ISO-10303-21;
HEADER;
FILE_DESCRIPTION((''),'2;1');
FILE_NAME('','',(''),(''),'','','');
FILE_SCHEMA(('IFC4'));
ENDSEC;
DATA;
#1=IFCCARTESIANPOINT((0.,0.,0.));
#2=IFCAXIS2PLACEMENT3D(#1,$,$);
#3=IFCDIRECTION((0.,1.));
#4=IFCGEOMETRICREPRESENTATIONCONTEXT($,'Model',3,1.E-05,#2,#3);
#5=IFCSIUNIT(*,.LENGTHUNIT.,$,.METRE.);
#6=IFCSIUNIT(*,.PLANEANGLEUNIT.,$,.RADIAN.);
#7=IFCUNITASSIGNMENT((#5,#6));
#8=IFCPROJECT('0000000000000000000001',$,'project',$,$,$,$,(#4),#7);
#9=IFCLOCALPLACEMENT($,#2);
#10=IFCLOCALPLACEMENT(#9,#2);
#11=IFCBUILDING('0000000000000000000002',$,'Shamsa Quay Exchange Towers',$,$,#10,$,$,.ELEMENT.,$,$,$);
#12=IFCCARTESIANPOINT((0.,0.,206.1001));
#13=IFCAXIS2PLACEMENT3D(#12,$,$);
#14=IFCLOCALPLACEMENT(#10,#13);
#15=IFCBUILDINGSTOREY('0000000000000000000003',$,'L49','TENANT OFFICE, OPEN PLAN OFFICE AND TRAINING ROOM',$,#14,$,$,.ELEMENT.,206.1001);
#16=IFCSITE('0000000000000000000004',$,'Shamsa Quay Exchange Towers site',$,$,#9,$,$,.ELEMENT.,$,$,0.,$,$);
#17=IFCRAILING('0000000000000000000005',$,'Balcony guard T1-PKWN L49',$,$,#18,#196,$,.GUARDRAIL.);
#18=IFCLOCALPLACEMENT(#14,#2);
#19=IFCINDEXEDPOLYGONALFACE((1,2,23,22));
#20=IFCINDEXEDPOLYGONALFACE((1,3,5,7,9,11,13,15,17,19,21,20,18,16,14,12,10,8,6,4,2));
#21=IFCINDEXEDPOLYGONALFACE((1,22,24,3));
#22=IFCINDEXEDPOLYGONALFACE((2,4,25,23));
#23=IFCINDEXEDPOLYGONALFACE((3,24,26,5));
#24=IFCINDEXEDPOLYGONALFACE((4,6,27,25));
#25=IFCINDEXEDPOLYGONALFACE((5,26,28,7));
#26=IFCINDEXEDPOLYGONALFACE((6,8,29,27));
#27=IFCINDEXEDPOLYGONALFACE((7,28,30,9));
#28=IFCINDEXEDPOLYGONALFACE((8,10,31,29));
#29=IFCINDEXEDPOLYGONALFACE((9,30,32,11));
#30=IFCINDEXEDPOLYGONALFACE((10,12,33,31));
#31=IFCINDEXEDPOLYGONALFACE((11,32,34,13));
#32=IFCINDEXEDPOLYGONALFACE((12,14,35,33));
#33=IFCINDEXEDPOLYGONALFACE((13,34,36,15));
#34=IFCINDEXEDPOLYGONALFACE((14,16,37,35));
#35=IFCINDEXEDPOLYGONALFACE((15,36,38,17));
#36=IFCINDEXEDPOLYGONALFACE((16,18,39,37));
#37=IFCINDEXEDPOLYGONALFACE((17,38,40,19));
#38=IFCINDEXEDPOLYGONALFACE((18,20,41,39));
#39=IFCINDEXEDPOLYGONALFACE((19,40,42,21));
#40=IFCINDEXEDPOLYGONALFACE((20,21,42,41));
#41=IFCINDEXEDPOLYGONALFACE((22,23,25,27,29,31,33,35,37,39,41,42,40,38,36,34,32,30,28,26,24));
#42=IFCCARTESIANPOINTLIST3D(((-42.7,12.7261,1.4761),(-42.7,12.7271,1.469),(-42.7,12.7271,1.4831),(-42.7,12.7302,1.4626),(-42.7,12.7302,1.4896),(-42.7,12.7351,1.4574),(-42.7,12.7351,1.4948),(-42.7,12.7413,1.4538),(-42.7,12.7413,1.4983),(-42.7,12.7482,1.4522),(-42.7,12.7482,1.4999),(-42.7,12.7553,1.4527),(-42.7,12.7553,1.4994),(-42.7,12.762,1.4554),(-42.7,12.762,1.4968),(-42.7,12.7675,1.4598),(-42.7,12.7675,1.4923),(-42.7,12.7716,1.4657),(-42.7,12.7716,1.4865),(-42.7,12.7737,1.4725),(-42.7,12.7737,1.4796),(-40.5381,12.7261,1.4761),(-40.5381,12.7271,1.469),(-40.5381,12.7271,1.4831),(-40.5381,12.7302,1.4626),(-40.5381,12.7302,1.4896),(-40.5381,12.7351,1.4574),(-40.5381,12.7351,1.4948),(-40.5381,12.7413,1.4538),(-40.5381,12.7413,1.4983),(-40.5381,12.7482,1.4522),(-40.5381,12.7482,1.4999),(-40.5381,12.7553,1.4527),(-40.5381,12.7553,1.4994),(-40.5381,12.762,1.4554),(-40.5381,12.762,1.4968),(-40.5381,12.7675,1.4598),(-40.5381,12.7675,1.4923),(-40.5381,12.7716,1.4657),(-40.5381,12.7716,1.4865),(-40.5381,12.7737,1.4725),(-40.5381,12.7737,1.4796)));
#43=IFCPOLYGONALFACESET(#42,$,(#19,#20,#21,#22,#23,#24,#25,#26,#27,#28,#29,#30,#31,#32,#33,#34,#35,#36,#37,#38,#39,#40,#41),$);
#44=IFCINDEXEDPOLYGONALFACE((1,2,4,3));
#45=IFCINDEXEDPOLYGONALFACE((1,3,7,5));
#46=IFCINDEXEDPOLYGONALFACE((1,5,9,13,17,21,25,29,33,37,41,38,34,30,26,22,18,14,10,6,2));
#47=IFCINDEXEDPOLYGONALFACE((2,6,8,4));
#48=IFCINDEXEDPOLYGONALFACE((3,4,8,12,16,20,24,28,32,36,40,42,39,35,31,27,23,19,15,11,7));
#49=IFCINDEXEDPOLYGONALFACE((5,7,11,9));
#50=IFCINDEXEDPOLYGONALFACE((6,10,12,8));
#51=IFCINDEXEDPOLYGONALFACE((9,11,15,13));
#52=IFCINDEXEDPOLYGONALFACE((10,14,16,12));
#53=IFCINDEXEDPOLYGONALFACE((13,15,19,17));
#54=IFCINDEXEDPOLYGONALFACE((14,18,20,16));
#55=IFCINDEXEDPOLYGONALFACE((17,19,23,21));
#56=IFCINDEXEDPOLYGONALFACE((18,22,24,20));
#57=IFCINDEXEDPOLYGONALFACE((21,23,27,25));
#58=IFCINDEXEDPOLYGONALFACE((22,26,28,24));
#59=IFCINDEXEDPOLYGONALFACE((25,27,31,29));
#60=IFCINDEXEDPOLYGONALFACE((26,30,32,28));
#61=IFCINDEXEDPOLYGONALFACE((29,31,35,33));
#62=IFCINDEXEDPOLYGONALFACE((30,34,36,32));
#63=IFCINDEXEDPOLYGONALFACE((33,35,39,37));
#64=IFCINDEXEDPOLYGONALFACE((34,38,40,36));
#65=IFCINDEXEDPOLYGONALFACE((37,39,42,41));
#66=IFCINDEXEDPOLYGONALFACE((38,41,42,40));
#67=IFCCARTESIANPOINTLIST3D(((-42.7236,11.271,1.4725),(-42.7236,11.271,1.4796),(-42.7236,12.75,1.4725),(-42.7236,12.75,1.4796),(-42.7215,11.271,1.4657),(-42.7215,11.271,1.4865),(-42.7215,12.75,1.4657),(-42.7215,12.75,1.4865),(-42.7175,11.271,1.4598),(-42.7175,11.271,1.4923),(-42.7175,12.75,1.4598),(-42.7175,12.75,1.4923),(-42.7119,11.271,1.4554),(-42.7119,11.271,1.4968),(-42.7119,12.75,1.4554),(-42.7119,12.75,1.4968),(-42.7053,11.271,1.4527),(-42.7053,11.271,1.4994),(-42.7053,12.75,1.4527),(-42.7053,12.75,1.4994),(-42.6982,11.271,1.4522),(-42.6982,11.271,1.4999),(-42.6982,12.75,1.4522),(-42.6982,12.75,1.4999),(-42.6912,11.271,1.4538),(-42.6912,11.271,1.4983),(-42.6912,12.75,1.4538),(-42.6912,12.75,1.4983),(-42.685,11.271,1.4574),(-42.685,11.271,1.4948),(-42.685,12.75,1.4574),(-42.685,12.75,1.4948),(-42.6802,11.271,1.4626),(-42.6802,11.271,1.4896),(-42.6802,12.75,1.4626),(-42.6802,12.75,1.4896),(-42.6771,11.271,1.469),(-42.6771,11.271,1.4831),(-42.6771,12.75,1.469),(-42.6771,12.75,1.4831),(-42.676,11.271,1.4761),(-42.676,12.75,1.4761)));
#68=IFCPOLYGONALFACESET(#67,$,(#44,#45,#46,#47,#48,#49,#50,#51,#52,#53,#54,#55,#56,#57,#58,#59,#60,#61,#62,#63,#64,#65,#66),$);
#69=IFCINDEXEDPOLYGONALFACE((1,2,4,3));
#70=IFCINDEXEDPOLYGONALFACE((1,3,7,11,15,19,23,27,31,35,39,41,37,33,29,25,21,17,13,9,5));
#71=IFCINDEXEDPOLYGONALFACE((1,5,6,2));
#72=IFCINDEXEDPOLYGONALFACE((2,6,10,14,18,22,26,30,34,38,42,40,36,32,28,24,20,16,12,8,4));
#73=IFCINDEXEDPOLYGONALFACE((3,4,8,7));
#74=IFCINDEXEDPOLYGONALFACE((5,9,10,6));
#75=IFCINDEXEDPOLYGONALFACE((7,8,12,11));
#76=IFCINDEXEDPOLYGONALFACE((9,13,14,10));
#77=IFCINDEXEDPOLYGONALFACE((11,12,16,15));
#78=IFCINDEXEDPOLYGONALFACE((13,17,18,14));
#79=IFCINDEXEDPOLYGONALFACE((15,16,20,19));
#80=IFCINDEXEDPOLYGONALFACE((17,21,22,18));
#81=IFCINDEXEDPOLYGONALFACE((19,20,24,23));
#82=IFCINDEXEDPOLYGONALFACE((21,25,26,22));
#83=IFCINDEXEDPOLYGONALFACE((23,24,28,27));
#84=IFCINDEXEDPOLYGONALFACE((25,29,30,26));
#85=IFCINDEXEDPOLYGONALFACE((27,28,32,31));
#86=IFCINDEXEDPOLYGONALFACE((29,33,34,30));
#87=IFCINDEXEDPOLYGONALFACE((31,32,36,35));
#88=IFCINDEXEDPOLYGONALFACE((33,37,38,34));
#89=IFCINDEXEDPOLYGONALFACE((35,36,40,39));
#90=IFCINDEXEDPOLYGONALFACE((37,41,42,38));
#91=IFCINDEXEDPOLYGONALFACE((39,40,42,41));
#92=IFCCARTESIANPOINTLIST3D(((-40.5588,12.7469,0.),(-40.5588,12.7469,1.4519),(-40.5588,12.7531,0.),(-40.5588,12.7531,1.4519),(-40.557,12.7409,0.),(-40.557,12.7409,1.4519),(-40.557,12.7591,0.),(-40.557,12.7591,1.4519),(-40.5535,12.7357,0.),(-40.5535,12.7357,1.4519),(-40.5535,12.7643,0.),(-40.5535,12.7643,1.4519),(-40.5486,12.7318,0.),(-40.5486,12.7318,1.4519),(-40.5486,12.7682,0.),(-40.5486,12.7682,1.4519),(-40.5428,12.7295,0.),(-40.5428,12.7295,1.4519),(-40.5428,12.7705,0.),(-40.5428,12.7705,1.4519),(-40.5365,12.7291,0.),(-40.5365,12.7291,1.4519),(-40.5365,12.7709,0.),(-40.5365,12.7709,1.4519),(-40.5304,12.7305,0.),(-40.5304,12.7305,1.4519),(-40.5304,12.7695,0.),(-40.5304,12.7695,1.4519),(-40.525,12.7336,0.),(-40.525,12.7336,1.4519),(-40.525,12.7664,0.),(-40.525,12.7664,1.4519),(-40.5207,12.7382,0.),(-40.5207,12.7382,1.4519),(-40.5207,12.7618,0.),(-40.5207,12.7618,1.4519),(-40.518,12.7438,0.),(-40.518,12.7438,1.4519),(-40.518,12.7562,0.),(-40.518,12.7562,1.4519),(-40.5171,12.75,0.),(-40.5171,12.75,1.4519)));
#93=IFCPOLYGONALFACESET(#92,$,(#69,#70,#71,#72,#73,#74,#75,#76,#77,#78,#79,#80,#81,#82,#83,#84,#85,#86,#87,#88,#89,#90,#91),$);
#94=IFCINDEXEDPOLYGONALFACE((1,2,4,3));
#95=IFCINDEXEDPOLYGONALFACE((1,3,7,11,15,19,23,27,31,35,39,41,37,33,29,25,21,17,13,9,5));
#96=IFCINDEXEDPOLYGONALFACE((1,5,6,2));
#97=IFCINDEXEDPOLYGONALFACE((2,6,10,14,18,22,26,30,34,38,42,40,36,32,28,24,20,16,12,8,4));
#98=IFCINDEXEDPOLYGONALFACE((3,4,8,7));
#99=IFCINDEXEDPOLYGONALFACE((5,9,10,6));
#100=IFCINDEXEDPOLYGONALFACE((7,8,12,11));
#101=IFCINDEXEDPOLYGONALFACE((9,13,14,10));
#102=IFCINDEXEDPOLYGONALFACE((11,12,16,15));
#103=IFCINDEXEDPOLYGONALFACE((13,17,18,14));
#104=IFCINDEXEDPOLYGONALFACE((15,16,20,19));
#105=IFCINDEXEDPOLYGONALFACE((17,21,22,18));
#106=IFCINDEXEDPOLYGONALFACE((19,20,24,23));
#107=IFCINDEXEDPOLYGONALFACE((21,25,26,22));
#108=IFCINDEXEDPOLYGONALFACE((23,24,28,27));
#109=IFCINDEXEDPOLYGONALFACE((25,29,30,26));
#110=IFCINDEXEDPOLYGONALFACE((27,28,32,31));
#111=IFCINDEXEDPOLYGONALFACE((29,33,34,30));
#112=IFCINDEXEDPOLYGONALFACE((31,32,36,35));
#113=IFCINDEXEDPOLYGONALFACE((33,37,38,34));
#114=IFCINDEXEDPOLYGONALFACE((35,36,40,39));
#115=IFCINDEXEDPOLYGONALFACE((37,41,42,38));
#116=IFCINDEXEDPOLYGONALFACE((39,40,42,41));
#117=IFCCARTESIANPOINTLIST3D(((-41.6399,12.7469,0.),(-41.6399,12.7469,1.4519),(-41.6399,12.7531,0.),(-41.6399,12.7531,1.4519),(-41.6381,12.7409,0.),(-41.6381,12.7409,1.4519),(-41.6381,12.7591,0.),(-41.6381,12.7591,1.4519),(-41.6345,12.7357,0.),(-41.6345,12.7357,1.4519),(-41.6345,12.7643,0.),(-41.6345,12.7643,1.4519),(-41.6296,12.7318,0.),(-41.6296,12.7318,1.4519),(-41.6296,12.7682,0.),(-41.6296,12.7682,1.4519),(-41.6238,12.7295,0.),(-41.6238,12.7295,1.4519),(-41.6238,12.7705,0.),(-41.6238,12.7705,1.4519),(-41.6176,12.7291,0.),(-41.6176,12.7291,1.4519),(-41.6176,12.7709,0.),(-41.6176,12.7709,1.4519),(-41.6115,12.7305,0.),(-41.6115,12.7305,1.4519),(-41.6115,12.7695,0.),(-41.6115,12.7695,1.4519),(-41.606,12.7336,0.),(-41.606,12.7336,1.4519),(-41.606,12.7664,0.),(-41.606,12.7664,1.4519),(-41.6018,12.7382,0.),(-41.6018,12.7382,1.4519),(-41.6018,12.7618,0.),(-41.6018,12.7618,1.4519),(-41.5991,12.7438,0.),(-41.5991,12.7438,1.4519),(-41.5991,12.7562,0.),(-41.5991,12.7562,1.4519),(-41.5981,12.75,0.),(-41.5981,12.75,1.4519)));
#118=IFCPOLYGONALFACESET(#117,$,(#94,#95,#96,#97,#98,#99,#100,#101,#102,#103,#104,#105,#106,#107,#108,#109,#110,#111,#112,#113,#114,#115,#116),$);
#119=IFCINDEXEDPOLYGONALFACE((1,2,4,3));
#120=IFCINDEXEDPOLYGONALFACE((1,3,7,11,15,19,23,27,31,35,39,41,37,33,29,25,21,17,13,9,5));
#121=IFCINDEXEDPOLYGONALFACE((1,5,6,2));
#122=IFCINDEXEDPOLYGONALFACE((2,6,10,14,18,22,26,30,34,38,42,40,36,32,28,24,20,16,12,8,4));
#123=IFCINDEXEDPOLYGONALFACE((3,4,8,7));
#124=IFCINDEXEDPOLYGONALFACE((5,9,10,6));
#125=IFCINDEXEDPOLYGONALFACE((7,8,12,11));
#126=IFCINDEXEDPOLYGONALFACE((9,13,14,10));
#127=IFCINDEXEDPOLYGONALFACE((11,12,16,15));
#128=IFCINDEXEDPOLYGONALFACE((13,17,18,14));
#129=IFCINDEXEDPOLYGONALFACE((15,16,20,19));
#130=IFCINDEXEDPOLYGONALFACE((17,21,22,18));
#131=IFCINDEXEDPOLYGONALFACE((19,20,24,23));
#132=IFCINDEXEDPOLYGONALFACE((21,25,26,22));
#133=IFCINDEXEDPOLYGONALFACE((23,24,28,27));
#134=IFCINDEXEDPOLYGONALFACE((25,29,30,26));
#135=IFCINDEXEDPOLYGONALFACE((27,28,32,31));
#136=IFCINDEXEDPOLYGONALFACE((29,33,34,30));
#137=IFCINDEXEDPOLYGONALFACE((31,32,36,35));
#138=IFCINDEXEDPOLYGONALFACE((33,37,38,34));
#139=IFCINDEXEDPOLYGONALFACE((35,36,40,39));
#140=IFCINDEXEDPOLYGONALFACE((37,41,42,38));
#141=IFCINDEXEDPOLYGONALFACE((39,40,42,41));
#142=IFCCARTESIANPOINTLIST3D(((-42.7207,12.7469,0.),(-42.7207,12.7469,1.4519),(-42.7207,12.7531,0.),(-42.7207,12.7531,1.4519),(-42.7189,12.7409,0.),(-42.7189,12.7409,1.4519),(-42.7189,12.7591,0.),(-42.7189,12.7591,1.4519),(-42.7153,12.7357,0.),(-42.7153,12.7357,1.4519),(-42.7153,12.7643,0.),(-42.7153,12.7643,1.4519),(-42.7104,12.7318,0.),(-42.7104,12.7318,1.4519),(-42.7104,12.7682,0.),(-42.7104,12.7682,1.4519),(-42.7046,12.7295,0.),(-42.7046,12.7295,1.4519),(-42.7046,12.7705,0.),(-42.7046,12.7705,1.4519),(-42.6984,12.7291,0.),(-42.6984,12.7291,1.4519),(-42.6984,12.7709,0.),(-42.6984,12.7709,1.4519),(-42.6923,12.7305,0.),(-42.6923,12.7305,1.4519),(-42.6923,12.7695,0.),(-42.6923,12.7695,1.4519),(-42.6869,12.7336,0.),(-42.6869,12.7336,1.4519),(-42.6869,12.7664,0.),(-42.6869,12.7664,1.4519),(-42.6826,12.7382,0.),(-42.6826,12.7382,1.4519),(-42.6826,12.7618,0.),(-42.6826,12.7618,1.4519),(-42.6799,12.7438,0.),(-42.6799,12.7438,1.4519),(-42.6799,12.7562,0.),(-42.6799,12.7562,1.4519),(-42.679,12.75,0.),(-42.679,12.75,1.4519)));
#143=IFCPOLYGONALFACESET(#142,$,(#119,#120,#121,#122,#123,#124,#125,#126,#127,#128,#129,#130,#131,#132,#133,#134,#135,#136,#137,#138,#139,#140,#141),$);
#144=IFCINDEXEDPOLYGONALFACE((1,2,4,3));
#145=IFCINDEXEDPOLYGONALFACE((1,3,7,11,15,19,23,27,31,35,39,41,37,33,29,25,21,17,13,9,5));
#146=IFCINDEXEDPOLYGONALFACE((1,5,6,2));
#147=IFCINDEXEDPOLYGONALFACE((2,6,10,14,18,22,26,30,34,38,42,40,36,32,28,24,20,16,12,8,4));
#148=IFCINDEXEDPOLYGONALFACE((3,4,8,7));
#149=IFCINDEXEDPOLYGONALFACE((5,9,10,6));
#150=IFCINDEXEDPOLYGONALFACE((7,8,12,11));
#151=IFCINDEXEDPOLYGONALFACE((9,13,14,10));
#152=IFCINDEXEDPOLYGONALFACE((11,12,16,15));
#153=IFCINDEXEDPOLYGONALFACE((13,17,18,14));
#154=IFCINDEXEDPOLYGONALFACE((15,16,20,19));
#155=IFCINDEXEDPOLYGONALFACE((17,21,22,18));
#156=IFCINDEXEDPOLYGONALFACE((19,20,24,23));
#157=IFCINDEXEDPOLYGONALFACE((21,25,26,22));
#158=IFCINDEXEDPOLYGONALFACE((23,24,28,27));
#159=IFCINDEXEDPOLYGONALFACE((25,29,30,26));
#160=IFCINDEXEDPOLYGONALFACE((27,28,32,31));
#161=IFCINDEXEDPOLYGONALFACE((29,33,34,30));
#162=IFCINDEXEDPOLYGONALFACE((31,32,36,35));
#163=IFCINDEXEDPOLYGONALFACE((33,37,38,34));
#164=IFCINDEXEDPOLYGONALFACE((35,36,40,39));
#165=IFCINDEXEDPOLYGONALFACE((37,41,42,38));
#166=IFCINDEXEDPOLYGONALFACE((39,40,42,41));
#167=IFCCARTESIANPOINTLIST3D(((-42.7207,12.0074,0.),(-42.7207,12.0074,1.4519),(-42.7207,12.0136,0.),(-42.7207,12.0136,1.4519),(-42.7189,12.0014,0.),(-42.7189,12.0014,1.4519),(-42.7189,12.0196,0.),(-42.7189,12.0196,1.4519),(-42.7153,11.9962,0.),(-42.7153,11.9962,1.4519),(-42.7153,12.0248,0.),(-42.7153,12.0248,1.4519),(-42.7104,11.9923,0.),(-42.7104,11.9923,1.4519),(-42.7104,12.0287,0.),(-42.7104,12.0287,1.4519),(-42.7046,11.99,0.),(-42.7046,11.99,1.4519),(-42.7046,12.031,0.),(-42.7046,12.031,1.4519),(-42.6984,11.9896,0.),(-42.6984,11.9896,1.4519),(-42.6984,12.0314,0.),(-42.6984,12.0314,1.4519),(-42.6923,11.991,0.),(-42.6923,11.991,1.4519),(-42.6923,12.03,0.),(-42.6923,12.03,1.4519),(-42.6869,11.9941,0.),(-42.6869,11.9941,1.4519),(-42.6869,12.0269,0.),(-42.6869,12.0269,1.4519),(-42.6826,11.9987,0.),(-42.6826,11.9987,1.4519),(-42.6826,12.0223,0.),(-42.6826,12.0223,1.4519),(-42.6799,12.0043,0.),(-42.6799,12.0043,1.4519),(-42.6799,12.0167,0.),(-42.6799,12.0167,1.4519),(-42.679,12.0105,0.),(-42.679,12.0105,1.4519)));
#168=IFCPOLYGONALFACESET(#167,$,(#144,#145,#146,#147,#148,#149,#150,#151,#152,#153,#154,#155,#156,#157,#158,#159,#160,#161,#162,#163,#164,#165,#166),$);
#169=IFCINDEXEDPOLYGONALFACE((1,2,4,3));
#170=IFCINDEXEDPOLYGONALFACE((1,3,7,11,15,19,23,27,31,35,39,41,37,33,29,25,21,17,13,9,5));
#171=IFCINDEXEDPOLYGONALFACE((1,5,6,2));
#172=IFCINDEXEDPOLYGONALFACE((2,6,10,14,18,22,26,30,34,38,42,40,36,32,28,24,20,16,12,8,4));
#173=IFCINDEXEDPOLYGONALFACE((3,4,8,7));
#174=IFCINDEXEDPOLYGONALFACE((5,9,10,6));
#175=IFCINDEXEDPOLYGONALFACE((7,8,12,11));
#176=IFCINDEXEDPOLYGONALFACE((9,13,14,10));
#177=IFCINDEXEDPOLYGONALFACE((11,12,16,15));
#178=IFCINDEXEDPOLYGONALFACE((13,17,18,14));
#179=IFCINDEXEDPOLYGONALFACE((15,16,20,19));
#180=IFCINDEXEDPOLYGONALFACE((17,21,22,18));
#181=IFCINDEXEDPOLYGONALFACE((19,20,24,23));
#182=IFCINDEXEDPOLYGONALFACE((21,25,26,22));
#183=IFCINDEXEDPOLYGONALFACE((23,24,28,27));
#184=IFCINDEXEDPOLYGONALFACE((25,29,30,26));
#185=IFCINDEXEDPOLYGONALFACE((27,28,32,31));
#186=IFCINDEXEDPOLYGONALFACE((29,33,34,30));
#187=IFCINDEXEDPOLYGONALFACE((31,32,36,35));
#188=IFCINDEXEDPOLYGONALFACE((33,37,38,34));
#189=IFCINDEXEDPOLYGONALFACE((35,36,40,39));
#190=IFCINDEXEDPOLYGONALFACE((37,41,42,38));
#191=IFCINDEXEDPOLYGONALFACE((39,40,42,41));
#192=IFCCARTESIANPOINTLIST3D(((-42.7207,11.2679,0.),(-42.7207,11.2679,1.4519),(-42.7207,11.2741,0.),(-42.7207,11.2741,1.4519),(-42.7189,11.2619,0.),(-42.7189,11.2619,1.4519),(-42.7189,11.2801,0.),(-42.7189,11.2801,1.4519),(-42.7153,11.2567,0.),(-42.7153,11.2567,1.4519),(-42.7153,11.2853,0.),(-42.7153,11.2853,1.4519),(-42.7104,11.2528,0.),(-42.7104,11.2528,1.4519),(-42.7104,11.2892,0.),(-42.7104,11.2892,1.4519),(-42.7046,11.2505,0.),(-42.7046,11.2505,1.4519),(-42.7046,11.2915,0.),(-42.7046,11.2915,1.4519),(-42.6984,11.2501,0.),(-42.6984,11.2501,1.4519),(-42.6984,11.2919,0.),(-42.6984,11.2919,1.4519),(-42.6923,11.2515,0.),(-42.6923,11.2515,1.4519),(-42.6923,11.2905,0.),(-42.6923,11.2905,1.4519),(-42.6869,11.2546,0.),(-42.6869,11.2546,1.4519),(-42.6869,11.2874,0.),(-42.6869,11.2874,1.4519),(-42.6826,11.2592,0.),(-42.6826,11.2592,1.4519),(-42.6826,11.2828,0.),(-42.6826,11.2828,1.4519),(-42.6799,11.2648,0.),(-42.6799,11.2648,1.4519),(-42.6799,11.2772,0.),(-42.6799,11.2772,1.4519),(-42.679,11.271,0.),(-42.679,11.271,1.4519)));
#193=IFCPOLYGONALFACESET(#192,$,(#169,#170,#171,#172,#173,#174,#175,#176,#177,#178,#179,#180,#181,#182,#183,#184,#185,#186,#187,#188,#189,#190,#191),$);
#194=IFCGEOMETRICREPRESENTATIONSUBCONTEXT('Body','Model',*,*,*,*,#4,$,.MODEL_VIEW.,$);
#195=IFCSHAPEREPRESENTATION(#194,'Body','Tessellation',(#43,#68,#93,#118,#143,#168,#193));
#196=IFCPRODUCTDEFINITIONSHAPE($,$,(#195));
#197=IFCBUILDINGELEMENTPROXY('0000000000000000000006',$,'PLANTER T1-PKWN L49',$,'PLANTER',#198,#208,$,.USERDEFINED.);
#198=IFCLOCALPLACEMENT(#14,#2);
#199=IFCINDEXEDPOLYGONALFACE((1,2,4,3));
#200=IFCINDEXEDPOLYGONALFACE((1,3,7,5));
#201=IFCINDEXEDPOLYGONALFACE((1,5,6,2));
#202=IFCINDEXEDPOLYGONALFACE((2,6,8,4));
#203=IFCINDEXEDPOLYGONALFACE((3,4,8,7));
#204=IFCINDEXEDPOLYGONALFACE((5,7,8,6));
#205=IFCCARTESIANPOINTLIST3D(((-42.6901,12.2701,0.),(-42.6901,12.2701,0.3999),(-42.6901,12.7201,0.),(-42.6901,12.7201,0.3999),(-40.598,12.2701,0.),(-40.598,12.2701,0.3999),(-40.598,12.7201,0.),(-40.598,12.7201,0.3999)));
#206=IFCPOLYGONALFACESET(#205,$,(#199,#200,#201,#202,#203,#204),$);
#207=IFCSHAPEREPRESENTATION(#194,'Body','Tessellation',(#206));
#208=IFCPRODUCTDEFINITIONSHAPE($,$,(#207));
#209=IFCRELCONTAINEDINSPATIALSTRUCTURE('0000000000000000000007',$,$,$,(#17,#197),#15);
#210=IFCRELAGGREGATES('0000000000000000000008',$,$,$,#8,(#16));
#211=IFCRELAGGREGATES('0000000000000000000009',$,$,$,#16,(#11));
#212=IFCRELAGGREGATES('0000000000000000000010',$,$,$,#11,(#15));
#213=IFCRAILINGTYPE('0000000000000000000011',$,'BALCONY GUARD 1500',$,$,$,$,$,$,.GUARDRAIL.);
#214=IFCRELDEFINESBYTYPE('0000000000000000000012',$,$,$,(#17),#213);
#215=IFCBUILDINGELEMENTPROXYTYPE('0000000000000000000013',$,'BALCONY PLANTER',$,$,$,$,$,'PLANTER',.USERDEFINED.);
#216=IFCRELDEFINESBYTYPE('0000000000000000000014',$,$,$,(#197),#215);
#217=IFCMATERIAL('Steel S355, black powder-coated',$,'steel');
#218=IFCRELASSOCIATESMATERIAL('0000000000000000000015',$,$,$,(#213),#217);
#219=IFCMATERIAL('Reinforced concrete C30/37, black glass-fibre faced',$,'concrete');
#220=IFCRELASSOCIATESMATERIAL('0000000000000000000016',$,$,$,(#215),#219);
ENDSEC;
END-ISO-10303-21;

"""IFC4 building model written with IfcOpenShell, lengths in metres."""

from ifc_helpers import new_model, si_unit, direction, frame, origin, origin_2d, place, context, subcontext, project, spatial, rectangle, circle, extrude, material, type_object, element, save


model = new_model("IFC4")

# Units and contexts
model_context = context("Model", 3, precision=1e-05, world=origin(), true_north=direction((0.0, 1.0)))
body_context = subcontext(model_context, "Body", "Model", "MODEL_VIEW")
ifc_project = project(units=[si_unit("LENGTHUNIT", "METRE"), si_unit("PLANEANGLEUNIT", "RADIAN")], contexts=[model_context])

# Site, building, storey
site_placement = place(None, origin())
site = spatial("IfcSite", under=ifc_project, at=site_placement, Name="Shamsa Quay Exchange Towers site", CompositionType="ELEMENT", RefElevation=0.0)
building_placement = place(site_placement, origin())
building = spatial("IfcBuilding", under=site, at=building_placement, Name="Shamsa Quay Exchange Towers", CompositionType="ELEMENT")
storey_placement = place(building_placement, frame((0.0, 0.0, 206.1001)))
storey = spatial("IfcBuildingStorey", under=building, at=storey_placement, Name="L49", Description="TENANT OFFICE, OPEN PLAN OFFICE AND TRAINING ROOM", CompositionType="ELEMENT", Elevation=206.1001)

# Railing
ifc_material_1 = material(Name="Steel S355, black powder-coated", Category="steel")
railing_type_1 = type_object("IfcRailingType", Name="BALCONY GUARD 1500", PredefinedType="GUARDRAIL", material=ifc_material_1)
railing_1_placement = place(storey_placement, frame((-40.5381, 12.75, 0.0)))
element("IfcRailing", 1, at=railing_1_placement, inside=storey, type_object=railing_type_1, Name="Balcony guard T1-PKWN L49", PredefinedType="GUARDRAIL", context=body_context, shape_type="SweptSolid", body=[
    extrude(circle(Radius=0.0239, at=origin_2d()), frame((0.0, 0.0, 1.4761), z_axis=(-1.0, 0.0, 0.0), x_axis=(0.0, -1.0, 0.0)), (0.0, 0.0, 1.0), 2.1619),
    extrude(circle(Radius=0.0239, at=origin_2d()), frame((-2.1619, 0.0, 1.4761), z_axis=(0.0, -1.0, 0.0), x_axis=(1.0, 0.0, 0.0)), (0.0, 0.0, 1.0), 1.479),
    extrude(circle(Radius=0.021, at=origin_2d()), origin(), (0.0, 0.0, 1.0), 1.4519),
    extrude(circle(Radius=0.021, at=origin_2d()), frame((-1.0811, 0.0, 0.0)), (0.0, 0.0, 1.0), 1.4519),
    extrude(circle(Radius=0.021, at=origin_2d()), frame((-2.1619, 0.0, 0.0)), (0.0, 0.0, 1.0), 1.4519),
    extrude(circle(Radius=0.021, at=origin_2d()), frame((-2.1619, -0.7395, 0.0)), (0.0, 0.0, 1.0), 1.4519),
    extrude(circle(Radius=0.021, at=origin_2d()), frame((-2.1619, -1.479, 0.0)), (0.0, 0.0, 1.0), 1.4519),
])

# Building element proxy
ifc_material_2 = material(Name="Reinforced concrete C30/37, black glass-fibre faced", Category="concrete")
building_element_proxy_type = type_object("IfcBuildingElementProxyType", Name="BALCONY PLANTER", ElementType="PLANTER", PredefinedType="USERDEFINED", material=ifc_material_2)
proxy_placement = place(storey_placement, frame((-41.644, 12.4951, 0.0), z_axis=(0.0, 0.0, 1.0), x_axis=(-1.0, 0.0, 0.0)))
element("IfcBuildingElementProxy", 2, at=proxy_placement, inside=storey, type_object=building_element_proxy_type, Name="PLANTER T1-PKWN L49", ObjectType="PLANTER", PredefinedType="USERDEFINED", context=body_context, shape_type="SweptSolid", body=[
    extrude(rectangle(XDim=2.092, YDim=0.45, at=origin_2d()), origin(), (0.0, 0.0, 1.0), 0.3999),
])

save(model, "model.ifc")
